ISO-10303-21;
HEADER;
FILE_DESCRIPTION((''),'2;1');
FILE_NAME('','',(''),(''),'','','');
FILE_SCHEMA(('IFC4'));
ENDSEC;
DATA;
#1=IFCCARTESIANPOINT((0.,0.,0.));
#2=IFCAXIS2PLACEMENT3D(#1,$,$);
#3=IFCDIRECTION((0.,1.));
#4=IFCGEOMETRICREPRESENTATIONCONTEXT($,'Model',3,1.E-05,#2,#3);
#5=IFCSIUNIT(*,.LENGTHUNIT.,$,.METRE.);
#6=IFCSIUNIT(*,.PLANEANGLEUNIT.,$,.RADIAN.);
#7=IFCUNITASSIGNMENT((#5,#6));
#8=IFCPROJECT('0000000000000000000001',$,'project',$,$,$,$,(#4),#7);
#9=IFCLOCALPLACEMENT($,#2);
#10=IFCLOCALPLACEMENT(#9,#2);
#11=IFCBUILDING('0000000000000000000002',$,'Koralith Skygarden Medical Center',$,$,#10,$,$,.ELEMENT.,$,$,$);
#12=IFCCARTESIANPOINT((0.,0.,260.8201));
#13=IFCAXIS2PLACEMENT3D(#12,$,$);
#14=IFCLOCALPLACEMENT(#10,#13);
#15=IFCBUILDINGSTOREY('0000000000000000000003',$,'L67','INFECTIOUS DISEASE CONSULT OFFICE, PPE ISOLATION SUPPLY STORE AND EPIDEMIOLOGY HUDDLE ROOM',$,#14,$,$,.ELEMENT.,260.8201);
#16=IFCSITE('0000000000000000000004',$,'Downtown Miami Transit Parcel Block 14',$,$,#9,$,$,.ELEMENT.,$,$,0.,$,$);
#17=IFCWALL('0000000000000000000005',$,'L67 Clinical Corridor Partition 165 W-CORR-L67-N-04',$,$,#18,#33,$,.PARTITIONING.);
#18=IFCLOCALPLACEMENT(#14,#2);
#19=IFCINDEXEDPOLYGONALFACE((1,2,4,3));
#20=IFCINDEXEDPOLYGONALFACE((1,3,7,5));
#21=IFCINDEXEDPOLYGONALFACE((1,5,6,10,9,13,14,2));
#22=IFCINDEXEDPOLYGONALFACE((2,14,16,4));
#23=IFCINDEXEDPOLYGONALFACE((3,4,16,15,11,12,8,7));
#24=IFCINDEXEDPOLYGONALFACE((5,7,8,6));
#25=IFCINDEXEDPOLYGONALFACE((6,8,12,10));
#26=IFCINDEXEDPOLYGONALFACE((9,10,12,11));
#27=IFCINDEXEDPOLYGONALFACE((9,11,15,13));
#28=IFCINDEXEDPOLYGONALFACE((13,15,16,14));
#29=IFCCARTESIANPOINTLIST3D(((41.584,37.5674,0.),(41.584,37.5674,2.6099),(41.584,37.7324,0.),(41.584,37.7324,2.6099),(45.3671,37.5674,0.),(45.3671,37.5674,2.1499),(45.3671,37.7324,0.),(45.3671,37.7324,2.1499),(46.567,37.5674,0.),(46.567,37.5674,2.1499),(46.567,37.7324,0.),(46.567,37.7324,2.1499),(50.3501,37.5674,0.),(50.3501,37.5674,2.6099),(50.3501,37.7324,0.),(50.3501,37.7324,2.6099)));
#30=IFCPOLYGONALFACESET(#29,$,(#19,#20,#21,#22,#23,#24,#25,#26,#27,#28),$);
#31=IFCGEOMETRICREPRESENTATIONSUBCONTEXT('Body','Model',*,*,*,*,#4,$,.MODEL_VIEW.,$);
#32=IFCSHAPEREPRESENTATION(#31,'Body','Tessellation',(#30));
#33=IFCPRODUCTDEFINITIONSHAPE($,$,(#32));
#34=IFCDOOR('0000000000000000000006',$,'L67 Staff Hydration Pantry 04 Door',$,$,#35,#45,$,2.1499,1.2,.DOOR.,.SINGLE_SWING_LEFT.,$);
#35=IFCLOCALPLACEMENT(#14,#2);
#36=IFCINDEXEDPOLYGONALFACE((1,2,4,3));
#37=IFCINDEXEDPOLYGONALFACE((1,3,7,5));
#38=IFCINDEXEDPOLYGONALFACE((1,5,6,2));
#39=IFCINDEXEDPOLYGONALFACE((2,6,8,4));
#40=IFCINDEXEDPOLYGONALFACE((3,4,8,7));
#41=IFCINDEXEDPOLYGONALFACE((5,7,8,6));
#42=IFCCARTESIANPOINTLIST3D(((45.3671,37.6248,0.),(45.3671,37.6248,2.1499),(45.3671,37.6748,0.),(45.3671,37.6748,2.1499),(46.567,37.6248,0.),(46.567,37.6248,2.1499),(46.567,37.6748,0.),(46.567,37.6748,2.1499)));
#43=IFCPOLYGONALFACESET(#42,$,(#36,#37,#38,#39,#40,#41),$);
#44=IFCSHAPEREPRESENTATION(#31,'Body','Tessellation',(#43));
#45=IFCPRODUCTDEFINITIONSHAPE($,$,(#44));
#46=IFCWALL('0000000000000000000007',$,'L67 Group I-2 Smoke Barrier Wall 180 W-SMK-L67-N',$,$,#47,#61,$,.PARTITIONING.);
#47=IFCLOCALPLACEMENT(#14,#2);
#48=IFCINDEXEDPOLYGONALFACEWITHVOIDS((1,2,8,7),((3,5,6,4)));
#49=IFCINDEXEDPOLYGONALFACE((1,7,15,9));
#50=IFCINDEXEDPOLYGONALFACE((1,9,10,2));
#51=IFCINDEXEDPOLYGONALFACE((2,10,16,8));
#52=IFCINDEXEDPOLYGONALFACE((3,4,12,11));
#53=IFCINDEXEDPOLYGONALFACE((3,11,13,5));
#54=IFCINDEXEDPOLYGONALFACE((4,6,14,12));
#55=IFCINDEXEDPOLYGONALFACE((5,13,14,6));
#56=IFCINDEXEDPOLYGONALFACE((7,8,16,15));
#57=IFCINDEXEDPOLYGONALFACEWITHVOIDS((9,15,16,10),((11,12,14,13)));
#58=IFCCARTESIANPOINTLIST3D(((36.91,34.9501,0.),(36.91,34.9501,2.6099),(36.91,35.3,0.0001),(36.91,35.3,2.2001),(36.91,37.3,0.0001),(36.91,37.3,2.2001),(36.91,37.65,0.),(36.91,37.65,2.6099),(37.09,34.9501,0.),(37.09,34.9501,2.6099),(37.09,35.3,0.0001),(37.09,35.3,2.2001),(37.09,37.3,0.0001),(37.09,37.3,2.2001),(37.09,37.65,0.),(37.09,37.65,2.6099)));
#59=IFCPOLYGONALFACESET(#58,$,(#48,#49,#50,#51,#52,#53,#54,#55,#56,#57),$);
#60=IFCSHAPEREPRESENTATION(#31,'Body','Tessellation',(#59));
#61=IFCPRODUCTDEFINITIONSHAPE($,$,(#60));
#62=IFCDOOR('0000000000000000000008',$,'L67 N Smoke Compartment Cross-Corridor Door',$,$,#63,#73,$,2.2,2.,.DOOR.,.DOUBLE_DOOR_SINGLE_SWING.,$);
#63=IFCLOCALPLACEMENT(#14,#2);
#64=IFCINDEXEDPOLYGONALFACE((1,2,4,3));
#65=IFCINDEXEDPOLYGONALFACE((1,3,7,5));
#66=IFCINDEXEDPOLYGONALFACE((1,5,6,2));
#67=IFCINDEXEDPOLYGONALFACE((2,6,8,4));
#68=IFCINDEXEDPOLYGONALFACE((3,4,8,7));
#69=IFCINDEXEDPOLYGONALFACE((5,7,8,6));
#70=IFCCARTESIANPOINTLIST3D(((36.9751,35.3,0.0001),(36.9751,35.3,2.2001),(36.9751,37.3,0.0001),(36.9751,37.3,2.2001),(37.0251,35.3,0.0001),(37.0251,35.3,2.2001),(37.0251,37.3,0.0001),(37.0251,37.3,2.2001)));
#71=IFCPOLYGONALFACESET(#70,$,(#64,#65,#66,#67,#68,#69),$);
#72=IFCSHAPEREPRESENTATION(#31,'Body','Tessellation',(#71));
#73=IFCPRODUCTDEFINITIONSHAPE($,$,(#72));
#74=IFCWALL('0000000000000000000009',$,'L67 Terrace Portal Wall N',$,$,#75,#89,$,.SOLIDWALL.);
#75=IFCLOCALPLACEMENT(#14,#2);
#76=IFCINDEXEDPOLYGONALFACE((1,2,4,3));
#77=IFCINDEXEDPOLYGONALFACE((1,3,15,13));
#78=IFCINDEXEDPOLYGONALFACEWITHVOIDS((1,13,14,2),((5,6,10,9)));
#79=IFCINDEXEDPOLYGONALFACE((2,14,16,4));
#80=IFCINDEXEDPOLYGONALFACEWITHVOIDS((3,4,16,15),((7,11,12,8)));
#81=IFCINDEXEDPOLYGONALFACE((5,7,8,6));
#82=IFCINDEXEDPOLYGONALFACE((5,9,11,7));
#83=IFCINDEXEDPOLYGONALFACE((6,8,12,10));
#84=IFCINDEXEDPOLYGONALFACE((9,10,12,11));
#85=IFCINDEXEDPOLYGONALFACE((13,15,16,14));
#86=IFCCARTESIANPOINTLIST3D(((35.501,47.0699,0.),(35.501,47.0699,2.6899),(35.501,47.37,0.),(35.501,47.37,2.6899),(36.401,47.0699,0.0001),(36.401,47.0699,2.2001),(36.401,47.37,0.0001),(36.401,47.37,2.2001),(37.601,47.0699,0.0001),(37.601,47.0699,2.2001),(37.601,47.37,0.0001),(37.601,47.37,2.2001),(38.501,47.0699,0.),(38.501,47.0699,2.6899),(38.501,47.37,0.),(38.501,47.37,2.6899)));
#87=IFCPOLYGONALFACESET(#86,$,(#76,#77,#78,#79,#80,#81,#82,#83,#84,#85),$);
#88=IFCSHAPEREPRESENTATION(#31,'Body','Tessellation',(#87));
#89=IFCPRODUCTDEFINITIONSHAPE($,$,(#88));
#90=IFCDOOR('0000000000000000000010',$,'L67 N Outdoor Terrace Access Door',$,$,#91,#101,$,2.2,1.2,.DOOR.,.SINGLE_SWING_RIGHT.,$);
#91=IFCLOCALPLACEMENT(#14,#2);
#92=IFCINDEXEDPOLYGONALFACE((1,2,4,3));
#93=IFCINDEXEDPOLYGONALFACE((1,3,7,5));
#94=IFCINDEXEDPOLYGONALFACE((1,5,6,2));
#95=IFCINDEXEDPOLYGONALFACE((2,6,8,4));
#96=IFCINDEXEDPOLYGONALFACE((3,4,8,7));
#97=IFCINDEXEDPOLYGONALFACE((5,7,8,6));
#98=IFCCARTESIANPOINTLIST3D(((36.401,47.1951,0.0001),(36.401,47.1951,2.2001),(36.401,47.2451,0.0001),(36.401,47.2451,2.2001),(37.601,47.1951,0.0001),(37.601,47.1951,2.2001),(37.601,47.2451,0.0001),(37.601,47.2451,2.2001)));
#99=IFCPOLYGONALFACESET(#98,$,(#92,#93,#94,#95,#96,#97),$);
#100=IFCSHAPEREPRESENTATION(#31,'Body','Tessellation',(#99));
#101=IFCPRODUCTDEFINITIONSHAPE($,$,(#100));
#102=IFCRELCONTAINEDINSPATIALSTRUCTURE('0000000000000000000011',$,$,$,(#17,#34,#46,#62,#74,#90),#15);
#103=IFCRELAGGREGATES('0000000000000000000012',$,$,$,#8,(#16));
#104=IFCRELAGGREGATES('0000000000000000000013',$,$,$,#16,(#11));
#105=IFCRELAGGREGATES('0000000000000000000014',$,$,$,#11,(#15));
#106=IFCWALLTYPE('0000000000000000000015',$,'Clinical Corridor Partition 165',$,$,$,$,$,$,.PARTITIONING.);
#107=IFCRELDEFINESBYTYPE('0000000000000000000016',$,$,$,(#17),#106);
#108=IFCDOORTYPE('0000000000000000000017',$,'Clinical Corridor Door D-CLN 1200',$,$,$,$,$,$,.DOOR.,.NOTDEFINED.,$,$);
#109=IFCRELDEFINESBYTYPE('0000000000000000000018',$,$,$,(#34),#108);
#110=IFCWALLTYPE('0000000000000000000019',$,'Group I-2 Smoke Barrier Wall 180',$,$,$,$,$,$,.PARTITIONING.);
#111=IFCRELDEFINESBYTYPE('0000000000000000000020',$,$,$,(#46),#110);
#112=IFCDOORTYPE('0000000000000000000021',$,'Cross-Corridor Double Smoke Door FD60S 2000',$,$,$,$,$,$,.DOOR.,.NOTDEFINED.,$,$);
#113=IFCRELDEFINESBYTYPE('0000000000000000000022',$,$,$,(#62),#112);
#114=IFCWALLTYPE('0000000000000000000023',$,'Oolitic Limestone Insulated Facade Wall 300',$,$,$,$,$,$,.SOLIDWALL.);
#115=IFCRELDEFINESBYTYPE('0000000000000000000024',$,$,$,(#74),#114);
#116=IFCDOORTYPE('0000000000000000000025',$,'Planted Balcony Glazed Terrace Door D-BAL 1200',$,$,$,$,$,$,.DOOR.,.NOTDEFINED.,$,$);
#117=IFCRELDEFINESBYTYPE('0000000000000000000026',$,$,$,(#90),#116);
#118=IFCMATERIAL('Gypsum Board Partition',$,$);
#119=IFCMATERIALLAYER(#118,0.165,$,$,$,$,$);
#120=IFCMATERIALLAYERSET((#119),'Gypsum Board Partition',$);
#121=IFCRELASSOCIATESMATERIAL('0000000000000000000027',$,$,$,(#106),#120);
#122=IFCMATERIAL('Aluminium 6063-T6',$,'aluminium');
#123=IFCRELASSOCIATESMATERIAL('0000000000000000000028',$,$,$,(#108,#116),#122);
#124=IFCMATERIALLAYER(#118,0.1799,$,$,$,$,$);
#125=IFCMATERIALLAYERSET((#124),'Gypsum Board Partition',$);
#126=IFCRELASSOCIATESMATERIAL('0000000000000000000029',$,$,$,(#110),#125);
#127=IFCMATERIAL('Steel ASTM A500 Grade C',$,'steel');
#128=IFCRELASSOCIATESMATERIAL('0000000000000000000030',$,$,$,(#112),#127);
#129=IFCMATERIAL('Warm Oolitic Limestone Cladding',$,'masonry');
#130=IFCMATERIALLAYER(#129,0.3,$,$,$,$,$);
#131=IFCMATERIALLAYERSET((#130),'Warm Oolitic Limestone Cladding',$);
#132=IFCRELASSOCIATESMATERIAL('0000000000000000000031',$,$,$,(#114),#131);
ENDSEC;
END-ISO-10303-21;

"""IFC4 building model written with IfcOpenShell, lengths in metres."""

from ifc_helpers import new_model, si_unit, direction, frame, frame_2d, origin, place, context, subcontext, project, spatial, rectangle, extrude, material, layer, layer_set, type_object, element, fill, save


model = new_model("IFC4")

# Units and contexts
model_context = context("Model", 3, precision=1e-05, world=origin(), true_north=direction((0.0, 1.0)))
body_context = subcontext(model_context, "Body", "Model", "MODEL_VIEW")
ifc_project = project(units=[si_unit("LENGTHUNIT", "METRE"), si_unit("PLANEANGLEUNIT", "RADIAN")], contexts=[model_context])

# Site, building, storey
site_placement = place(None, origin())
site = spatial("IfcSite", under=ifc_project, at=site_placement, Name="Downtown Miami Transit Parcel Block 14", CompositionType="ELEMENT", RefElevation=0.0)
building_placement = place(site_placement, origin())
building = spatial("IfcBuilding", under=site, at=building_placement, Name="Koralith Skygarden Medical Center", CompositionType="ELEMENT")
storey_placement = place(building_placement, frame((0.0, 0.0, 260.8201)))
storey = spatial("IfcBuildingStorey", under=building, at=storey_placement, Name="L67", Description="INFECTIOUS DISEASE CONSULT OFFICE, PPE ISOLATION SUPPLY STORE AND EPIDEMIOLOGY HUDDLE ROOM", CompositionType="ELEMENT", Elevation=260.8201)

# Shared definitions
ifc_material_1 = material(Name="Aluminium 6063-T6", Category="aluminium")

# Shared definitions
ifc_material_2 = material(Name="Gypsum Board Partition")

# Walls, openings, doors
ifc_layer_1 = layer(ifc_material_2, 0.165)
ifc_layer_set_1 = layer_set([ifc_layer_1], Name="Gypsum Board Partition")
wall_type_1 = type_object("IfcWallType", Name="Clinical Corridor Partition 165", PredefinedType="PARTITIONING", material=ifc_layer_set_1)
wall_1_placement = place(storey_placement, frame((41.584, 37.6499, 0.0), z_axis=(0.0, 0.0, 1.0), x_axis=(1.0, 0.0, 0.0)))
wall_1 = element("IfcWall", 1, at=wall_1_placement, inside=storey, type_object=wall_type_1, Name="L67 Clinical Corridor Partition 165 W-CORR-L67-N-04", PredefinedType="PARTITIONING", context=body_context, shape_type="SweptSolid", body=[
    extrude(rectangle(XDim=8.7661, YDim=0.165, at=frame_2d((4.3831, 0.0))), origin(), (0.0, 0.0, 1.0), 2.6099),
])
opening_1_placement = place(wall_1_placement, frame((3.783, 0.0, 0.0)))
opening_1 = element("IfcOpeningElement", 2, at=opening_1_placement, cuts=wall_1, PredefinedType="OPENING", context=body_context, shape_type="SweptSolid", body=[
    extrude(rectangle(XDim=1.2, YDim=2.1499, at=frame_2d((0.6001, 1.075))), frame((0.0, 0.0925, 0.0), z_axis=(0.0, -1.0, 0.0), x_axis=(1.0, 0.0, 0.0)), (0.0, 0.0, 1.0), 0.1851),
])
door_type_1 = type_object("IfcDoorType", Name="Clinical Corridor Door D-CLN 1200", OperationType="NOTDEFINED", PredefinedType="DOOR", material=ifc_material_1)
door_1_placement = place(opening_1_placement, origin())
door_1 = element("IfcDoor", 3, at=door_1_placement, inside=storey, type_object=door_type_1, Name="L67 Staff Hydration Pantry 04 Door", OperationType="SINGLE_SWING_LEFT", OverallHeight=2.1499, OverallWidth=1.2, PredefinedType="DOOR", context=body_context, shape_type="SweptSolid", body=[
    extrude(rectangle(XDim=1.2, YDim=2.1499, at=frame_2d((0.6001, 1.075))), frame((0.0, 0.0249, 0.0), z_axis=(0.0, -1.0, 0.0), x_axis=(1.0, 0.0, 0.0)), (0.0, 0.0, 1.0), 0.05),
])
fill(opening_1, door_1)
ifc_layer_2 = layer(ifc_material_2, 0.1799)
ifc_layer_set_2 = layer_set([ifc_layer_2], Name="Gypsum Board Partition")
wall_type_2 = type_object("IfcWallType", Name="Group I-2 Smoke Barrier Wall 180", PredefinedType="PARTITIONING", material=ifc_layer_set_2)
wall_2_placement = place(storey_placement, frame((37.0, 34.95, 0.0), z_axis=(0.0, 0.0, 1.0), x_axis=(0.0, 1.0, 0.0)))
wall_2 = element("IfcWall", 4, at=wall_2_placement, inside=storey, type_object=wall_type_2, Name="L67 Group I-2 Smoke Barrier Wall 180 W-SMK-L67-N", PredefinedType="PARTITIONING", context=body_context, shape_type="SweptSolid", body=[
    extrude(rectangle(XDim=2.7, YDim=0.1799, at=frame_2d((1.3501, 0.0))), origin(), (0.0, 0.0, 1.0), 2.6099),
])
opening_2_placement = place(wall_2_placement, frame((0.3501, 0.0, 0.0)))
opening_2 = element("IfcOpeningElement", 5, at=opening_2_placement, cuts=wall_2, PredefinedType="OPENING", context=body_context, shape_type="SweptSolid", body=[
    extrude(rectangle(XDim=2.0, YDim=2.2, at=frame_2d((1.0, 1.1001))), frame((0.0, 0.0999, 0.0), z_axis=(0.0, -1.0, 0.0), x_axis=(1.0, 0.0, 0.0)), (0.0, 0.0, 1.0), 0.2),
])
ifc_material_3 = material(Name="Steel ASTM A500 Grade C", Category="steel")
door_type_2 = type_object("IfcDoorType", Name="Cross-Corridor Double Smoke Door FD60S 2000", OperationType="NOTDEFINED", PredefinedType="DOOR", material=ifc_material_3)
door_2_placement = place(opening_2_placement, origin())
door_2 = element("IfcDoor", 6, at=door_2_placement, inside=storey, type_object=door_type_2, Name="L67 N Smoke Compartment Cross-Corridor Door", OperationType="DOUBLE_DOOR_SINGLE_SWING", OverallHeight=2.2, OverallWidth=2.0, PredefinedType="DOOR", context=body_context, shape_type="SweptSolid", body=[
    extrude(rectangle(XDim=2.0, YDim=2.2, at=frame_2d((1.0, 1.1001))), frame((0.0, 0.0249, 0.0), z_axis=(0.0, -1.0, 0.0), x_axis=(1.0, 0.0, 0.0)), (0.0, 0.0, 1.0), 0.05),
])
fill(opening_2, door_2)
ifc_material_4 = material(Name="Warm Oolitic Limestone Cladding", Category="masonry")
ifc_layer_3 = layer(ifc_material_4, 0.3)
ifc_layer_set_3 = layer_set([ifc_layer_3], Name="Warm Oolitic Limestone Cladding")
wall_type_3 = type_object("IfcWallType", Name="Oolitic Limestone Insulated Facade Wall 300", PredefinedType="SOLIDWALL", material=ifc_layer_set_3)
wall_3_placement = place(storey_placement, frame((38.501, 47.22, 0.0), z_axis=(0.0, 0.0, 1.0), x_axis=(-1.0, 0.0, 0.0)))
wall_3 = element("IfcWall", 7, at=wall_3_placement, inside=storey, type_object=wall_type_3, Name="L67 Terrace Portal Wall N", PredefinedType="SOLIDWALL", context=body_context, shape_type="SweptSolid", body=[
    extrude(rectangle(XDim=3.0, YDim=0.3, at=frame_2d((1.5, 0.0))), origin(), (0.0, 0.0, 1.0), 2.6899),
])
opening_3_placement = place(wall_3_placement, frame((0.8999, 0.0, 0.0)))
opening_3 = element("IfcOpeningElement", 8, at=opening_3_placement, cuts=wall_3, PredefinedType="OPENING", context=body_context, shape_type="SweptSolid", body=[
    extrude(rectangle(XDim=1.2, YDim=2.2, at=frame_2d((0.6001, 1.1001))), frame((0.0, 0.1599, 0.0), z_axis=(0.0, -1.0, 0.0), x_axis=(1.0, 0.0, 0.0)), (0.0, 0.0, 1.0), 0.3201),
])
door_type_3 = type_object("IfcDoorType", Name="Planted Balcony Glazed Terrace Door D-BAL 1200", OperationType="NOTDEFINED", PredefinedType="DOOR", material=ifc_material_1)
door_3_placement = place(opening_3_placement, origin())
door_3 = element("IfcDoor", 9, at=door_3_placement, inside=storey, type_object=door_type_3, Name="L67 N Outdoor Terrace Access Door", OperationType="SINGLE_SWING_RIGHT", OverallHeight=2.2, OverallWidth=1.2, PredefinedType="DOOR", context=body_context, shape_type="SweptSolid", body=[
    extrude(rectangle(XDim=1.2, YDim=2.2, at=frame_2d((0.6001, 1.1001))), frame((0.0, 0.0249, 0.0), z_axis=(0.0, -1.0, 0.0), x_axis=(1.0, 0.0, 0.0)), (0.0, 0.0, 1.0), 0.05),
])
fill(opening_3, door_3)

save(model, "model.ifc")
